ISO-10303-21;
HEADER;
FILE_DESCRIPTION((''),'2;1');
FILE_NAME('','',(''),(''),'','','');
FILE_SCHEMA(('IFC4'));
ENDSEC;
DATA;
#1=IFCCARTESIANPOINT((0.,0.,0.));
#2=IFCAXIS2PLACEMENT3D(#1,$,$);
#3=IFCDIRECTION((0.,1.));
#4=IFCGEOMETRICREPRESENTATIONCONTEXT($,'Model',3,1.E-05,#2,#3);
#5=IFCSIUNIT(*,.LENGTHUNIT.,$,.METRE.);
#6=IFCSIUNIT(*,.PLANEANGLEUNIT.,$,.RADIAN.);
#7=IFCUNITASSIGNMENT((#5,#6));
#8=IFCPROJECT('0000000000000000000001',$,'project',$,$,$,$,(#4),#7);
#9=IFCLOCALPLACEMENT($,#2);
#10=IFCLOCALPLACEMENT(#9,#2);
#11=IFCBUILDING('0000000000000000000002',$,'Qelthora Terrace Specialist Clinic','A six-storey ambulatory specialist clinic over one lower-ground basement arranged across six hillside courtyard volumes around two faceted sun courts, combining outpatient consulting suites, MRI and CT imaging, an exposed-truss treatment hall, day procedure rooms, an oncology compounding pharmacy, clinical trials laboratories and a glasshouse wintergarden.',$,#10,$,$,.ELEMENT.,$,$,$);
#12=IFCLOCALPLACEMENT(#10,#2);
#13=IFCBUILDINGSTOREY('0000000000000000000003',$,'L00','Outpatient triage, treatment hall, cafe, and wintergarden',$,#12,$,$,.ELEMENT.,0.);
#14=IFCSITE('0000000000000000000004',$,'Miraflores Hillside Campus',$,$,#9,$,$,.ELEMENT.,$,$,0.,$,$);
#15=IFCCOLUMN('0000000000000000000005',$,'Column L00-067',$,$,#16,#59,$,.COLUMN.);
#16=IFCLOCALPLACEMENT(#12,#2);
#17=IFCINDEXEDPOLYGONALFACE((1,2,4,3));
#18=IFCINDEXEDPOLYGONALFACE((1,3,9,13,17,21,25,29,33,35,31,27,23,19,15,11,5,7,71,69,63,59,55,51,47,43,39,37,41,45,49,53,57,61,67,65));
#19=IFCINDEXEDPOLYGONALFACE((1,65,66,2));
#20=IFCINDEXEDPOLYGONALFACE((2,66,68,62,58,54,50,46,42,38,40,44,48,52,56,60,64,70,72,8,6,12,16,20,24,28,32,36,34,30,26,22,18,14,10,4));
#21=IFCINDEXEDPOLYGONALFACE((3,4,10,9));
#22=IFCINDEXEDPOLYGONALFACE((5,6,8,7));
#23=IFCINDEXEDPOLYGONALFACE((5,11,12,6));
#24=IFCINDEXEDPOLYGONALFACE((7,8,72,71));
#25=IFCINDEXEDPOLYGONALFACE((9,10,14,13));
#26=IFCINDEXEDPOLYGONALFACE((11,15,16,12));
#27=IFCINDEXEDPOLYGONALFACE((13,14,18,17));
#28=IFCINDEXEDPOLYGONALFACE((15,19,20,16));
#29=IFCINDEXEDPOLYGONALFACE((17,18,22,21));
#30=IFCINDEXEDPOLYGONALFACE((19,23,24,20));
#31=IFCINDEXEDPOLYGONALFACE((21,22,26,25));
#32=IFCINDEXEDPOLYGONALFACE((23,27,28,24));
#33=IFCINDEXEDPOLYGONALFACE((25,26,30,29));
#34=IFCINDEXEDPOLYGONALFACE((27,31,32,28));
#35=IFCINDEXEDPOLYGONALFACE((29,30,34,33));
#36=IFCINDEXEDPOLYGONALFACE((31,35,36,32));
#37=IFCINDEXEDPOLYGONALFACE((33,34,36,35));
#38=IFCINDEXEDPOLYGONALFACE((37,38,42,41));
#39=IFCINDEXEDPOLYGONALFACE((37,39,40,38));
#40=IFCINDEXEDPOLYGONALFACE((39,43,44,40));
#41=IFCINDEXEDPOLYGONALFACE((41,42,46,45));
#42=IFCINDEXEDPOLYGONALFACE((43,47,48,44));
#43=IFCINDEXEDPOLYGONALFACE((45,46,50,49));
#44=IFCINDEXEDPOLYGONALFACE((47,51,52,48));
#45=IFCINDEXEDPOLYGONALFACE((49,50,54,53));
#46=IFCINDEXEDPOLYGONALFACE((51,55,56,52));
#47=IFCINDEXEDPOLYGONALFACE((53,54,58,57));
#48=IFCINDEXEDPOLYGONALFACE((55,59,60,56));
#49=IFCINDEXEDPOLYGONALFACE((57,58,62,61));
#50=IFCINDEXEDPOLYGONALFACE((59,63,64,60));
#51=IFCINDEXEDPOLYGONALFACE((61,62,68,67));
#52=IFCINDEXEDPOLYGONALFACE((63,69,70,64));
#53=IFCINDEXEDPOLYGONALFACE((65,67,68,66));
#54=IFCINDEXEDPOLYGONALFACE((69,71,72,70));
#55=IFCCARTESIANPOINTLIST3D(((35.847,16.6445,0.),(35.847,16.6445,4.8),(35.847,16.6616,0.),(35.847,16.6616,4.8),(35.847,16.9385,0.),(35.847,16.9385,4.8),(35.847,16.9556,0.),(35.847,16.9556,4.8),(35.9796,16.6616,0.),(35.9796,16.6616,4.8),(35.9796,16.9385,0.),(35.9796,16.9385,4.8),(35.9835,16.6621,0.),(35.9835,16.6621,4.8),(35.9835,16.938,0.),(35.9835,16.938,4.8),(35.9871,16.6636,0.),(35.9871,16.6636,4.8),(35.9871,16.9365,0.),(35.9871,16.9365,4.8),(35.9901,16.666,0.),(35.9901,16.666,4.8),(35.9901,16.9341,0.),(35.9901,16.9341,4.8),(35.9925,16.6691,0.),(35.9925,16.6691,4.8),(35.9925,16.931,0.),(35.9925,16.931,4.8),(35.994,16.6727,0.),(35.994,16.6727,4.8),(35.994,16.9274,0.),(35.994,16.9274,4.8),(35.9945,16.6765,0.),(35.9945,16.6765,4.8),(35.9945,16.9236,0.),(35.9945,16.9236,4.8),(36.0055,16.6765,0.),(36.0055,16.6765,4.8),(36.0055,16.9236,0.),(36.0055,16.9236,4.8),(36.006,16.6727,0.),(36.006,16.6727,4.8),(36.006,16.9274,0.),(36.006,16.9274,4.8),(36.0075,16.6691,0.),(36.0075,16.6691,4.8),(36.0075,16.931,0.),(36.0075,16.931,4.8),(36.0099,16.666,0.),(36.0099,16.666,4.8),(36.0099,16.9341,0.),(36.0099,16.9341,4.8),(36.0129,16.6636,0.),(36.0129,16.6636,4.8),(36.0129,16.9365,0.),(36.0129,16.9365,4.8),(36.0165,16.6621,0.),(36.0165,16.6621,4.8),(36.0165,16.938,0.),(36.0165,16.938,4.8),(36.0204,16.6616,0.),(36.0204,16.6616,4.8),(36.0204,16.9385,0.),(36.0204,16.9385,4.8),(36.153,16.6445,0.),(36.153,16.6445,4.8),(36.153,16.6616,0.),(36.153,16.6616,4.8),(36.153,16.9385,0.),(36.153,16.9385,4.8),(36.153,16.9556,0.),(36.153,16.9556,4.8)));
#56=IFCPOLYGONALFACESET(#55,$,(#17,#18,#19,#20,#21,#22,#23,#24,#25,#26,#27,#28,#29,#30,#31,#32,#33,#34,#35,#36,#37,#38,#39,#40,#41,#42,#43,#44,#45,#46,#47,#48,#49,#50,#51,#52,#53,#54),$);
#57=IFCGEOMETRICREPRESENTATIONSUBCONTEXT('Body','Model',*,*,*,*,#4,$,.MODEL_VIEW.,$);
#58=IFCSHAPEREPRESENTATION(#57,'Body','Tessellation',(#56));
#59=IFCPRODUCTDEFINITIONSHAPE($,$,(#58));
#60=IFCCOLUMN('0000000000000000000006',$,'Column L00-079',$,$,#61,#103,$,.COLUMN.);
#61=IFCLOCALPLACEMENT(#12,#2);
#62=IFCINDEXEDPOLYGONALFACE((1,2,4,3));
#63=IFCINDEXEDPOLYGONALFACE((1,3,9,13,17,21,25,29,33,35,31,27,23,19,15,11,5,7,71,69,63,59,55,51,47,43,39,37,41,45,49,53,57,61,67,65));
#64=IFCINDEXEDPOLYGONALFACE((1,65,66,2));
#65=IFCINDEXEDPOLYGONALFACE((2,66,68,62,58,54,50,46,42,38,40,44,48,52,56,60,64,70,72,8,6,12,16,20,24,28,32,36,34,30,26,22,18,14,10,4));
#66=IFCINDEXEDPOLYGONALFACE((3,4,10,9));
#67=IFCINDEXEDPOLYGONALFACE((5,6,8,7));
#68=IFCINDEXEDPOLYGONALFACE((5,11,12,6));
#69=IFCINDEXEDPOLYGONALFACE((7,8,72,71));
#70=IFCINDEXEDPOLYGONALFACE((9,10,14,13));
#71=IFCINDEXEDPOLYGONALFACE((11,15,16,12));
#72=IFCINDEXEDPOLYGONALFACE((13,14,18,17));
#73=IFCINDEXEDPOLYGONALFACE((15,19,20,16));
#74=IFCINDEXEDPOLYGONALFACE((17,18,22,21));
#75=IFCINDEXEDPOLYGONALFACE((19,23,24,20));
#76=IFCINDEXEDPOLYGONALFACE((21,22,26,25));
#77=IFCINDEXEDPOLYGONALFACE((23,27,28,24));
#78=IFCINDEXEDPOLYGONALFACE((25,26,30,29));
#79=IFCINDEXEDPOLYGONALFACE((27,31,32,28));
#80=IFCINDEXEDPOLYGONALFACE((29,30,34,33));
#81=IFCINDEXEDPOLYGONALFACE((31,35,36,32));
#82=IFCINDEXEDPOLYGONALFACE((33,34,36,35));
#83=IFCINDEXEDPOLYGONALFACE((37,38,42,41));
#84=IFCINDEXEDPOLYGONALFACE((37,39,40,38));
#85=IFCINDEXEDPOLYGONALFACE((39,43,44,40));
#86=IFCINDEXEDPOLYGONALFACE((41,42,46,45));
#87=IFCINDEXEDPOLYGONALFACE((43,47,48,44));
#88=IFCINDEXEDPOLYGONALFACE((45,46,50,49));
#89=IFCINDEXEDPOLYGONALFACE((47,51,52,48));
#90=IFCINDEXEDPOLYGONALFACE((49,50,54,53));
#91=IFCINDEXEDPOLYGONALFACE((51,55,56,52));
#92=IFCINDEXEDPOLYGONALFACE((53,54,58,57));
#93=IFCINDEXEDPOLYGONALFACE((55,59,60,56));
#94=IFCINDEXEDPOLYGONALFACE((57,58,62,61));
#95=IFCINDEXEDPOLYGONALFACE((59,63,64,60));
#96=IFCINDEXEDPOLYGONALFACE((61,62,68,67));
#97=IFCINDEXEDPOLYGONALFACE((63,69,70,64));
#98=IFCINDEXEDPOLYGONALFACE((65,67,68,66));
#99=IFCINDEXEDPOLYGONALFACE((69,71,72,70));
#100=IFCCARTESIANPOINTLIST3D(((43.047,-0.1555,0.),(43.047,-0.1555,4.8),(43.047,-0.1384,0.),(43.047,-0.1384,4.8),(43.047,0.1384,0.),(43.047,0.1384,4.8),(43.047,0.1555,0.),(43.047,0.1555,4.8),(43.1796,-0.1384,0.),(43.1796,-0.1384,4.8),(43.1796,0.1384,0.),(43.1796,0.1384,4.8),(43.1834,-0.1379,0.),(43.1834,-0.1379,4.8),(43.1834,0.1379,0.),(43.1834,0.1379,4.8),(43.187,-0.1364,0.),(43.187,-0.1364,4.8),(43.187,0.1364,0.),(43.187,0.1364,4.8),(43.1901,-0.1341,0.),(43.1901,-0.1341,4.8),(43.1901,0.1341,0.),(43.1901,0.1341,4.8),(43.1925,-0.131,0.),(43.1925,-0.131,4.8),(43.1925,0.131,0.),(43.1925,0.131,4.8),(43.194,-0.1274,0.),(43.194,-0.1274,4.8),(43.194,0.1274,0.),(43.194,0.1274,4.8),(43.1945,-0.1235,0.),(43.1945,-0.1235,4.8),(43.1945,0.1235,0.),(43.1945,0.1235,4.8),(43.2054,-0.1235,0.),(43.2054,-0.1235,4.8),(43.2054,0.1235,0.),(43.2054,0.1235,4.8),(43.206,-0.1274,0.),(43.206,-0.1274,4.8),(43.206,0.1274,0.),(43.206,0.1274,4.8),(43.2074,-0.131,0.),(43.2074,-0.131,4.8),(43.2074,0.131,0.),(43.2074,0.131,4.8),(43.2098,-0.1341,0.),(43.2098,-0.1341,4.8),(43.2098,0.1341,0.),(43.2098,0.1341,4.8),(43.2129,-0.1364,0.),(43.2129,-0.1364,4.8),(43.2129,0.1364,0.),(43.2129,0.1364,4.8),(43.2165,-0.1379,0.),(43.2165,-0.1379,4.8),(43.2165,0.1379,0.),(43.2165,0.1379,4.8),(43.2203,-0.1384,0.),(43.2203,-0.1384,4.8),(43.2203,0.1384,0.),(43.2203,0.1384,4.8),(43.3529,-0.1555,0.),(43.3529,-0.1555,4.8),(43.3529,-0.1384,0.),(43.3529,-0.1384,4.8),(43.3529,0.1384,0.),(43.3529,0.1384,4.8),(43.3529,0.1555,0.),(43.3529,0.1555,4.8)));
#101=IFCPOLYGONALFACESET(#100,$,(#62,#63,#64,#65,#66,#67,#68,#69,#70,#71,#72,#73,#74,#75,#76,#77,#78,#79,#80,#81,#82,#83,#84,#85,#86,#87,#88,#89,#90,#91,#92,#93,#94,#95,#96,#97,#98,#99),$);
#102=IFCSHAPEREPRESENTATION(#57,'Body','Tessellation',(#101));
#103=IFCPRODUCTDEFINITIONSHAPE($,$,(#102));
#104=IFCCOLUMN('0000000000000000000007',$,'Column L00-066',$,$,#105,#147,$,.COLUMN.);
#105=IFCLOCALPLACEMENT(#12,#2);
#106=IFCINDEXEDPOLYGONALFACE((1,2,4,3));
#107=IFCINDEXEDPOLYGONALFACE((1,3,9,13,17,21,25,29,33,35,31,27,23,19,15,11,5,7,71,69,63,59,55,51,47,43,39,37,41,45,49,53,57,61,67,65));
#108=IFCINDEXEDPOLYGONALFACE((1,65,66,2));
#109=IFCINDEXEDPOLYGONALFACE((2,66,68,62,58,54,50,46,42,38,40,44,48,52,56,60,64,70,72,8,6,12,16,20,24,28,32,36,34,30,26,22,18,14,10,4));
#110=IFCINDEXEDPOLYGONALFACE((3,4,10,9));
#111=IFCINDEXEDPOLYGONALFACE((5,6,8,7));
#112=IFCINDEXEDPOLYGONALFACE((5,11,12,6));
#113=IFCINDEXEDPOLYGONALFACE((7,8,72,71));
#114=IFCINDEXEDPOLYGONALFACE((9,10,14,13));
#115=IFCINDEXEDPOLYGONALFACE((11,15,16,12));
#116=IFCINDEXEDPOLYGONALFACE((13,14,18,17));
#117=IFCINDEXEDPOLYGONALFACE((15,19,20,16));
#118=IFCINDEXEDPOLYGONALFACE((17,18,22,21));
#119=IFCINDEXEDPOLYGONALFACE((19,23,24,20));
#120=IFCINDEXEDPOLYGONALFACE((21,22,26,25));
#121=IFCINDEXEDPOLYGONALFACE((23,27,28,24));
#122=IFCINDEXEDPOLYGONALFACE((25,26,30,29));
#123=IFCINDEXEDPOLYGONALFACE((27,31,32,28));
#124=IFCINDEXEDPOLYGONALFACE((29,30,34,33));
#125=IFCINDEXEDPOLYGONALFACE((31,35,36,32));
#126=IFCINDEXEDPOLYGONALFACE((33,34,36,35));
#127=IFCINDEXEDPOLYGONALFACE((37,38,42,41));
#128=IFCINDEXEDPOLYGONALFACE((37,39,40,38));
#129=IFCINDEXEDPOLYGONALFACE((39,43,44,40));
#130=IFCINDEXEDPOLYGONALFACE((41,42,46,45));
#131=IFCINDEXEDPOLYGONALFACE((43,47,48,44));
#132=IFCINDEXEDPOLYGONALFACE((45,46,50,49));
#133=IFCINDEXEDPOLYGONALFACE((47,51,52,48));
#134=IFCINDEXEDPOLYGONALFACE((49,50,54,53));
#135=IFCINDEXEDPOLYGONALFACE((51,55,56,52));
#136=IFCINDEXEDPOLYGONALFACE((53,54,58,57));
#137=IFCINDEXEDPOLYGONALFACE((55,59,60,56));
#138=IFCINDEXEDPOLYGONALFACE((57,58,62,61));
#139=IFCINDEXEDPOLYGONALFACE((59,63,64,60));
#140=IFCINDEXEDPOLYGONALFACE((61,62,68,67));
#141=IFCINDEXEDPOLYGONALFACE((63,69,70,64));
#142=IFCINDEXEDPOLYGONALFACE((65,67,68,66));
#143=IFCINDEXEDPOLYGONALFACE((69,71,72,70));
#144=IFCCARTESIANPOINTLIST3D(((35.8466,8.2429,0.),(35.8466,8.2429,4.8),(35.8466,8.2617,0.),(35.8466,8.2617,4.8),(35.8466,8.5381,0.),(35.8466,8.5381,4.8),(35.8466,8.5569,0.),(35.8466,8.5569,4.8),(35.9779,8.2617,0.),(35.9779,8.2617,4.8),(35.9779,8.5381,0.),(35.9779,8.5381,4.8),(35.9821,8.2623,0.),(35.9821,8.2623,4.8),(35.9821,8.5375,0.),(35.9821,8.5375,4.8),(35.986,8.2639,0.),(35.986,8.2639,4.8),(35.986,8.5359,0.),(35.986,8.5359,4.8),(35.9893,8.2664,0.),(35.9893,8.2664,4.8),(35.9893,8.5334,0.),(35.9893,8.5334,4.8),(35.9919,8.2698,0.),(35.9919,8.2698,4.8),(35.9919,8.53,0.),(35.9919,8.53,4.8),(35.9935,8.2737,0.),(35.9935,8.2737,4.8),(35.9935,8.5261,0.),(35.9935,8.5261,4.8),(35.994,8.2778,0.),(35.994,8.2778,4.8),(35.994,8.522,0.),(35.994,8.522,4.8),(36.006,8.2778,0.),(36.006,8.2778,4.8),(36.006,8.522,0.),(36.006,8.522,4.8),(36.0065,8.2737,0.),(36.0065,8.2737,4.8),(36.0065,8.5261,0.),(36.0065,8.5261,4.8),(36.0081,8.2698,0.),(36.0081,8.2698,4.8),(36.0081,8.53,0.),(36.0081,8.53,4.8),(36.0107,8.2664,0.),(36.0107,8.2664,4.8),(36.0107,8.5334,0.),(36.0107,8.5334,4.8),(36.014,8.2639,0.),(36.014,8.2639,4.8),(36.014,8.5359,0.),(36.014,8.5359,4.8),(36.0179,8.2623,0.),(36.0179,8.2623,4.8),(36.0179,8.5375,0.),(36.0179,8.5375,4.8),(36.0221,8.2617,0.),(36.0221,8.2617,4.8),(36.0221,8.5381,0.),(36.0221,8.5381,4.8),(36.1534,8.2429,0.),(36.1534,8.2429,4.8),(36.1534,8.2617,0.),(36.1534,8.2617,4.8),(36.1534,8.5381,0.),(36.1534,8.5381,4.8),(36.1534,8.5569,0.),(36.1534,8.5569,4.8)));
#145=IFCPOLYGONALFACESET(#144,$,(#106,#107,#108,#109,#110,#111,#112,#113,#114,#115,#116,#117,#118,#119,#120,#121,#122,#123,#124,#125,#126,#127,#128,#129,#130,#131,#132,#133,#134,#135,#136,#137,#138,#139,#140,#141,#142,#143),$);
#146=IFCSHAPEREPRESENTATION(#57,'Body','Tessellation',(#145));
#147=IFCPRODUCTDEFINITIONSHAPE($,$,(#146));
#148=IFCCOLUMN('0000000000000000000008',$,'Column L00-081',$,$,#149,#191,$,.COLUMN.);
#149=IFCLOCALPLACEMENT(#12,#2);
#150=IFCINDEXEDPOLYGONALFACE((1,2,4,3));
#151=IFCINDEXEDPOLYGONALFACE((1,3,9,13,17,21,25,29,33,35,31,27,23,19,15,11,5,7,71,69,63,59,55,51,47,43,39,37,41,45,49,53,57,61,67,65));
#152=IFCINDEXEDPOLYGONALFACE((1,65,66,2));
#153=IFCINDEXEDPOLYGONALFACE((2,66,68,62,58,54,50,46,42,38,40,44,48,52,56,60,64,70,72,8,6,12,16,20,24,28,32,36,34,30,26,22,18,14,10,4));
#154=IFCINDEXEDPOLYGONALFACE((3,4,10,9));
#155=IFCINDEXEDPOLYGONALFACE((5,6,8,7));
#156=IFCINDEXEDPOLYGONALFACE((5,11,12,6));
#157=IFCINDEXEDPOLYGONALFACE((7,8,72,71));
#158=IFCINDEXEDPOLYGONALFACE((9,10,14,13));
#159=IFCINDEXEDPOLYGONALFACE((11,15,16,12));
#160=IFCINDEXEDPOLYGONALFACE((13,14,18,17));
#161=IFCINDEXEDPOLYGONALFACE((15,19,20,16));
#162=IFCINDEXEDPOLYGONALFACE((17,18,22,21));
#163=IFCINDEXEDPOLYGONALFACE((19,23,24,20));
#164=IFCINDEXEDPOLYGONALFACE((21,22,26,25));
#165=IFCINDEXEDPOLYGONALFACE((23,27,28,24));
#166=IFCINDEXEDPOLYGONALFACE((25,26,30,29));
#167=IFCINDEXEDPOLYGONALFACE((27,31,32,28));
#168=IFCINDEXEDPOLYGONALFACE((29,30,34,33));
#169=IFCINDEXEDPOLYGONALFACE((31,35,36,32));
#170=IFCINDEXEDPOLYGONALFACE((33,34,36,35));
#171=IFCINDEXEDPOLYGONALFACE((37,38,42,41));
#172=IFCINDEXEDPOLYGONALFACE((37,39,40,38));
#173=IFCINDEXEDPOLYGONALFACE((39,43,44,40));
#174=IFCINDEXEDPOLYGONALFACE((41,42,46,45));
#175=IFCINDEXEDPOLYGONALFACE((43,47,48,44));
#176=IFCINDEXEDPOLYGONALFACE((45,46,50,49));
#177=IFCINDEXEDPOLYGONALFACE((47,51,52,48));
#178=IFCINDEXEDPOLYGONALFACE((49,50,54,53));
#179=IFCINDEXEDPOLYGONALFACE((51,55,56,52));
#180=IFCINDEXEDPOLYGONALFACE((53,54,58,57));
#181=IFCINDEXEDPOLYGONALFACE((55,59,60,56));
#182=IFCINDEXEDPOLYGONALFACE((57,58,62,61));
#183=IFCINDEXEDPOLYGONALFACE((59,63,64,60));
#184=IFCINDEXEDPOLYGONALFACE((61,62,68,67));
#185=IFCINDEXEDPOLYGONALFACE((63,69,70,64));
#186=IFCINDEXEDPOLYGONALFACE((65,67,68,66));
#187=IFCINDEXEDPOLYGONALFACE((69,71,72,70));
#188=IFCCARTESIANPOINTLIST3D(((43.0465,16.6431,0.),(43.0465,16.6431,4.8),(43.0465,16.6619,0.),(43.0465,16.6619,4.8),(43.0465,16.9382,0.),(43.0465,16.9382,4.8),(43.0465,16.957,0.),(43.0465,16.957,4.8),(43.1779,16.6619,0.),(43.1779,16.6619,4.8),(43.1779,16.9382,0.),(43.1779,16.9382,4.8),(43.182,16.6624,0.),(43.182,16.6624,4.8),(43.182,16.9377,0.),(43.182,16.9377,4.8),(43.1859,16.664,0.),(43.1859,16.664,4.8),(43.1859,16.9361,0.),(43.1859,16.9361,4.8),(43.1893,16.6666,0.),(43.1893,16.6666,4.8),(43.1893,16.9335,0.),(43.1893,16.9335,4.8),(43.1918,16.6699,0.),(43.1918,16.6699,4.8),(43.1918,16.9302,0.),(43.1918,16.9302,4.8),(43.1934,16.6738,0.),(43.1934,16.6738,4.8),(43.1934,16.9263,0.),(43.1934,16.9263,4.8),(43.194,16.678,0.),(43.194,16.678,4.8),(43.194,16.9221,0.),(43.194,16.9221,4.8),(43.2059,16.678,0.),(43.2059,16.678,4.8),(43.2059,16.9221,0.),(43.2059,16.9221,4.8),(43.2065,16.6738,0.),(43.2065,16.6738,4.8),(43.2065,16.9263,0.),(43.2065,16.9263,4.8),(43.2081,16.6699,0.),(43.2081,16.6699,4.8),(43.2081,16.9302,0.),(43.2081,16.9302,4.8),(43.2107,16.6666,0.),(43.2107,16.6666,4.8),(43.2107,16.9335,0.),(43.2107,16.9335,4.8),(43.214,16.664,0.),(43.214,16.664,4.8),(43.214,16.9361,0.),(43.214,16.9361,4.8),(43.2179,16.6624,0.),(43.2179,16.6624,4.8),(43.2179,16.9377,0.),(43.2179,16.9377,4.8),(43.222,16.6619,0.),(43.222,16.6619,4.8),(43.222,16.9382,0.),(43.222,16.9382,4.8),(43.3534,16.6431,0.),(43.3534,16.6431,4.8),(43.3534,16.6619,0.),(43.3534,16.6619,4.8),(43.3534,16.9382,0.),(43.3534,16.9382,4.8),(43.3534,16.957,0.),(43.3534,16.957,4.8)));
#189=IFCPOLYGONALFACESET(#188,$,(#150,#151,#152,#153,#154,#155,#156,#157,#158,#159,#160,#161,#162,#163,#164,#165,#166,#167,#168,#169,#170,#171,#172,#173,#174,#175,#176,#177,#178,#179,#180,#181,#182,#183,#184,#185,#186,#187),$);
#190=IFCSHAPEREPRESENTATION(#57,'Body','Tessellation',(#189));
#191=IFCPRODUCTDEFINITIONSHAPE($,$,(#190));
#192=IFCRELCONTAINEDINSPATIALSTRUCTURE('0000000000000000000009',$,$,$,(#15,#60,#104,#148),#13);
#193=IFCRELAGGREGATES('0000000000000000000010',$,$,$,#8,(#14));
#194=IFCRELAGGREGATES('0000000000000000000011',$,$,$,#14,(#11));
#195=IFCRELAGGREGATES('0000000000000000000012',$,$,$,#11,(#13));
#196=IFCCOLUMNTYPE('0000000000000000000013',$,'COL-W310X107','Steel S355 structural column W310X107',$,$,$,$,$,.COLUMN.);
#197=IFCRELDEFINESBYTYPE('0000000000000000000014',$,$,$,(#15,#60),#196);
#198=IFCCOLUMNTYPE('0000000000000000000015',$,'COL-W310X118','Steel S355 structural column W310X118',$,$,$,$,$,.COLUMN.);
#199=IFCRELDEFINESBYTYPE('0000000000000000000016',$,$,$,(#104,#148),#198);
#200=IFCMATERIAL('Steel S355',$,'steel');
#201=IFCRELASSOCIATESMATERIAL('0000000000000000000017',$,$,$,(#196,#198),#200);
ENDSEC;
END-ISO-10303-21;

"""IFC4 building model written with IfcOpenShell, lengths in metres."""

from ifc_helpers import new_model, si_unit, direction, frame, origin, origin_2d, place, context, subcontext, project, spatial, i_section, extrude, material, material_profile, profile_set, type_object, element, save


model = new_model("IFC4")

# Units and contexts
model_context = context("Model", 3, precision=1e-05, world=origin(), true_north=direction((0.0, 1.0)))
body_context = subcontext(model_context, "Body", "Model", "MODEL_VIEW")
ifc_project = project(units=[si_unit("LENGTHUNIT", "METRE"), si_unit("PLANEANGLEUNIT", "RADIAN")], contexts=[model_context])

# Site, building, storey
site_placement = place(None, origin())
site = spatial("IfcSite", under=ifc_project, at=site_placement, Name="Miraflores Hillside Campus", CompositionType="ELEMENT", RefElevation=0.0)
building_placement = place(site_placement, origin())
building = spatial("IfcBuilding", under=site, at=building_placement, Name="Qelthora Terrace Specialist Clinic", Description="A six-storey ambulatory specialist clinic over one lower-ground basement arranged across six hillside courtyard volumes around two faceted sun courts, combining outpatient consulting suites, MRI and CT imaging, an exposed-truss treatment hall, day procedure rooms, an oncology compounding pharmacy, clinical trials laboratories and a glasshouse wintergarden.", CompositionType="ELEMENT")
storey_placement = place(building_placement, origin())
storey = spatial("IfcBuildingStorey", under=building, at=storey_placement, Name="L00", Description="Outpatient triage, treatment hall, cafe, and wintergarden", CompositionType="ELEMENT", Elevation=0.0)

# Columns
ifc_material_1 = material(Name="Steel S355", Category="steel")
ifc_material_profile_1 = material_profile(ifc_material_1, i_section(OverallWidth=0.3059, OverallDepth=0.311, WebThickness=0.011, FlangeThickness=0.0171, FilletRadius=0.0149, at=origin_2d()), Name="W310X107")
ifc_profile_set_1 = profile_set([ifc_material_profile_1], Name="Steel S355")
column_type_1 = type_object("IfcColumnType", Name="COL-W310X107", Description="Steel S355 structural column W310X107", PredefinedType="COLUMN", material=ifc_profile_set_1)
for number, where, z_axis, x_axis, name in (
    (1, (36.0, 16.8, 0.0), (0.0, 0.0, 1.0), (1.0, 0.0, 0.0), "Column L00-067"),
    (2, (43.2, 0.0, 0.0), (0.0, 0.0, 1.0), (1.0, 0.0, 0.0), "Column L00-079"),
):
    element("IfcColumn", number, at=place(storey_placement, frame(where, z_axis=z_axis, x_axis=x_axis)), inside=storey, type_object=column_type_1, Name=name, PredefinedType="COLUMN", context=body_context, shape_type="SweptSolid", body=[
        extrude(i_section(OverallWidth=0.3059, OverallDepth=0.311, WebThickness=0.011, FlangeThickness=0.0171, FilletRadius=0.0149, at=origin_2d()), origin(), (0.0, 0.0, 1.0), 4.8),
    ])
ifc_material_profile_2 = material_profile(ifc_material_1, i_section(OverallWidth=0.3069, OverallDepth=0.314, WebThickness=0.012, FlangeThickness=0.0188, FilletRadius=0.0161, at=origin_2d()), Name="W310X118")
ifc_profile_set_2 = profile_set([ifc_material_profile_2], Name="Steel S355")
column_type_2 = type_object("IfcColumnType", Name="COL-W310X118", Description="Steel S355 structural column W310X118", PredefinedType="COLUMN", material=ifc_profile_set_2)
for number, where, z_axis, x_axis, name in (
    (3, (36.0, 8.3999, 0.0), (0.0, 0.0, 1.0), (1.0, 0.0, 0.0), "Column L00-066"),
    (4, (43.2, 16.8, 0.0), (0.0, 0.0, 1.0), (1.0, 0.0, 0.0), "Column L00-081"),
):
    element("IfcColumn", number, at=place(storey_placement, frame(where, z_axis=z_axis, x_axis=x_axis)), inside=storey, type_object=column_type_2, Name=name, PredefinedType="COLUMN", context=body_context, shape_type="SweptSolid", body=[
        extrude(i_section(OverallWidth=0.3069, OverallDepth=0.314, WebThickness=0.012, FlangeThickness=0.0188, FilletRadius=0.0161, at=origin_2d()), origin(), (0.0, 0.0, 1.0), 4.8),
    ])

save(model, "model.ifc")
